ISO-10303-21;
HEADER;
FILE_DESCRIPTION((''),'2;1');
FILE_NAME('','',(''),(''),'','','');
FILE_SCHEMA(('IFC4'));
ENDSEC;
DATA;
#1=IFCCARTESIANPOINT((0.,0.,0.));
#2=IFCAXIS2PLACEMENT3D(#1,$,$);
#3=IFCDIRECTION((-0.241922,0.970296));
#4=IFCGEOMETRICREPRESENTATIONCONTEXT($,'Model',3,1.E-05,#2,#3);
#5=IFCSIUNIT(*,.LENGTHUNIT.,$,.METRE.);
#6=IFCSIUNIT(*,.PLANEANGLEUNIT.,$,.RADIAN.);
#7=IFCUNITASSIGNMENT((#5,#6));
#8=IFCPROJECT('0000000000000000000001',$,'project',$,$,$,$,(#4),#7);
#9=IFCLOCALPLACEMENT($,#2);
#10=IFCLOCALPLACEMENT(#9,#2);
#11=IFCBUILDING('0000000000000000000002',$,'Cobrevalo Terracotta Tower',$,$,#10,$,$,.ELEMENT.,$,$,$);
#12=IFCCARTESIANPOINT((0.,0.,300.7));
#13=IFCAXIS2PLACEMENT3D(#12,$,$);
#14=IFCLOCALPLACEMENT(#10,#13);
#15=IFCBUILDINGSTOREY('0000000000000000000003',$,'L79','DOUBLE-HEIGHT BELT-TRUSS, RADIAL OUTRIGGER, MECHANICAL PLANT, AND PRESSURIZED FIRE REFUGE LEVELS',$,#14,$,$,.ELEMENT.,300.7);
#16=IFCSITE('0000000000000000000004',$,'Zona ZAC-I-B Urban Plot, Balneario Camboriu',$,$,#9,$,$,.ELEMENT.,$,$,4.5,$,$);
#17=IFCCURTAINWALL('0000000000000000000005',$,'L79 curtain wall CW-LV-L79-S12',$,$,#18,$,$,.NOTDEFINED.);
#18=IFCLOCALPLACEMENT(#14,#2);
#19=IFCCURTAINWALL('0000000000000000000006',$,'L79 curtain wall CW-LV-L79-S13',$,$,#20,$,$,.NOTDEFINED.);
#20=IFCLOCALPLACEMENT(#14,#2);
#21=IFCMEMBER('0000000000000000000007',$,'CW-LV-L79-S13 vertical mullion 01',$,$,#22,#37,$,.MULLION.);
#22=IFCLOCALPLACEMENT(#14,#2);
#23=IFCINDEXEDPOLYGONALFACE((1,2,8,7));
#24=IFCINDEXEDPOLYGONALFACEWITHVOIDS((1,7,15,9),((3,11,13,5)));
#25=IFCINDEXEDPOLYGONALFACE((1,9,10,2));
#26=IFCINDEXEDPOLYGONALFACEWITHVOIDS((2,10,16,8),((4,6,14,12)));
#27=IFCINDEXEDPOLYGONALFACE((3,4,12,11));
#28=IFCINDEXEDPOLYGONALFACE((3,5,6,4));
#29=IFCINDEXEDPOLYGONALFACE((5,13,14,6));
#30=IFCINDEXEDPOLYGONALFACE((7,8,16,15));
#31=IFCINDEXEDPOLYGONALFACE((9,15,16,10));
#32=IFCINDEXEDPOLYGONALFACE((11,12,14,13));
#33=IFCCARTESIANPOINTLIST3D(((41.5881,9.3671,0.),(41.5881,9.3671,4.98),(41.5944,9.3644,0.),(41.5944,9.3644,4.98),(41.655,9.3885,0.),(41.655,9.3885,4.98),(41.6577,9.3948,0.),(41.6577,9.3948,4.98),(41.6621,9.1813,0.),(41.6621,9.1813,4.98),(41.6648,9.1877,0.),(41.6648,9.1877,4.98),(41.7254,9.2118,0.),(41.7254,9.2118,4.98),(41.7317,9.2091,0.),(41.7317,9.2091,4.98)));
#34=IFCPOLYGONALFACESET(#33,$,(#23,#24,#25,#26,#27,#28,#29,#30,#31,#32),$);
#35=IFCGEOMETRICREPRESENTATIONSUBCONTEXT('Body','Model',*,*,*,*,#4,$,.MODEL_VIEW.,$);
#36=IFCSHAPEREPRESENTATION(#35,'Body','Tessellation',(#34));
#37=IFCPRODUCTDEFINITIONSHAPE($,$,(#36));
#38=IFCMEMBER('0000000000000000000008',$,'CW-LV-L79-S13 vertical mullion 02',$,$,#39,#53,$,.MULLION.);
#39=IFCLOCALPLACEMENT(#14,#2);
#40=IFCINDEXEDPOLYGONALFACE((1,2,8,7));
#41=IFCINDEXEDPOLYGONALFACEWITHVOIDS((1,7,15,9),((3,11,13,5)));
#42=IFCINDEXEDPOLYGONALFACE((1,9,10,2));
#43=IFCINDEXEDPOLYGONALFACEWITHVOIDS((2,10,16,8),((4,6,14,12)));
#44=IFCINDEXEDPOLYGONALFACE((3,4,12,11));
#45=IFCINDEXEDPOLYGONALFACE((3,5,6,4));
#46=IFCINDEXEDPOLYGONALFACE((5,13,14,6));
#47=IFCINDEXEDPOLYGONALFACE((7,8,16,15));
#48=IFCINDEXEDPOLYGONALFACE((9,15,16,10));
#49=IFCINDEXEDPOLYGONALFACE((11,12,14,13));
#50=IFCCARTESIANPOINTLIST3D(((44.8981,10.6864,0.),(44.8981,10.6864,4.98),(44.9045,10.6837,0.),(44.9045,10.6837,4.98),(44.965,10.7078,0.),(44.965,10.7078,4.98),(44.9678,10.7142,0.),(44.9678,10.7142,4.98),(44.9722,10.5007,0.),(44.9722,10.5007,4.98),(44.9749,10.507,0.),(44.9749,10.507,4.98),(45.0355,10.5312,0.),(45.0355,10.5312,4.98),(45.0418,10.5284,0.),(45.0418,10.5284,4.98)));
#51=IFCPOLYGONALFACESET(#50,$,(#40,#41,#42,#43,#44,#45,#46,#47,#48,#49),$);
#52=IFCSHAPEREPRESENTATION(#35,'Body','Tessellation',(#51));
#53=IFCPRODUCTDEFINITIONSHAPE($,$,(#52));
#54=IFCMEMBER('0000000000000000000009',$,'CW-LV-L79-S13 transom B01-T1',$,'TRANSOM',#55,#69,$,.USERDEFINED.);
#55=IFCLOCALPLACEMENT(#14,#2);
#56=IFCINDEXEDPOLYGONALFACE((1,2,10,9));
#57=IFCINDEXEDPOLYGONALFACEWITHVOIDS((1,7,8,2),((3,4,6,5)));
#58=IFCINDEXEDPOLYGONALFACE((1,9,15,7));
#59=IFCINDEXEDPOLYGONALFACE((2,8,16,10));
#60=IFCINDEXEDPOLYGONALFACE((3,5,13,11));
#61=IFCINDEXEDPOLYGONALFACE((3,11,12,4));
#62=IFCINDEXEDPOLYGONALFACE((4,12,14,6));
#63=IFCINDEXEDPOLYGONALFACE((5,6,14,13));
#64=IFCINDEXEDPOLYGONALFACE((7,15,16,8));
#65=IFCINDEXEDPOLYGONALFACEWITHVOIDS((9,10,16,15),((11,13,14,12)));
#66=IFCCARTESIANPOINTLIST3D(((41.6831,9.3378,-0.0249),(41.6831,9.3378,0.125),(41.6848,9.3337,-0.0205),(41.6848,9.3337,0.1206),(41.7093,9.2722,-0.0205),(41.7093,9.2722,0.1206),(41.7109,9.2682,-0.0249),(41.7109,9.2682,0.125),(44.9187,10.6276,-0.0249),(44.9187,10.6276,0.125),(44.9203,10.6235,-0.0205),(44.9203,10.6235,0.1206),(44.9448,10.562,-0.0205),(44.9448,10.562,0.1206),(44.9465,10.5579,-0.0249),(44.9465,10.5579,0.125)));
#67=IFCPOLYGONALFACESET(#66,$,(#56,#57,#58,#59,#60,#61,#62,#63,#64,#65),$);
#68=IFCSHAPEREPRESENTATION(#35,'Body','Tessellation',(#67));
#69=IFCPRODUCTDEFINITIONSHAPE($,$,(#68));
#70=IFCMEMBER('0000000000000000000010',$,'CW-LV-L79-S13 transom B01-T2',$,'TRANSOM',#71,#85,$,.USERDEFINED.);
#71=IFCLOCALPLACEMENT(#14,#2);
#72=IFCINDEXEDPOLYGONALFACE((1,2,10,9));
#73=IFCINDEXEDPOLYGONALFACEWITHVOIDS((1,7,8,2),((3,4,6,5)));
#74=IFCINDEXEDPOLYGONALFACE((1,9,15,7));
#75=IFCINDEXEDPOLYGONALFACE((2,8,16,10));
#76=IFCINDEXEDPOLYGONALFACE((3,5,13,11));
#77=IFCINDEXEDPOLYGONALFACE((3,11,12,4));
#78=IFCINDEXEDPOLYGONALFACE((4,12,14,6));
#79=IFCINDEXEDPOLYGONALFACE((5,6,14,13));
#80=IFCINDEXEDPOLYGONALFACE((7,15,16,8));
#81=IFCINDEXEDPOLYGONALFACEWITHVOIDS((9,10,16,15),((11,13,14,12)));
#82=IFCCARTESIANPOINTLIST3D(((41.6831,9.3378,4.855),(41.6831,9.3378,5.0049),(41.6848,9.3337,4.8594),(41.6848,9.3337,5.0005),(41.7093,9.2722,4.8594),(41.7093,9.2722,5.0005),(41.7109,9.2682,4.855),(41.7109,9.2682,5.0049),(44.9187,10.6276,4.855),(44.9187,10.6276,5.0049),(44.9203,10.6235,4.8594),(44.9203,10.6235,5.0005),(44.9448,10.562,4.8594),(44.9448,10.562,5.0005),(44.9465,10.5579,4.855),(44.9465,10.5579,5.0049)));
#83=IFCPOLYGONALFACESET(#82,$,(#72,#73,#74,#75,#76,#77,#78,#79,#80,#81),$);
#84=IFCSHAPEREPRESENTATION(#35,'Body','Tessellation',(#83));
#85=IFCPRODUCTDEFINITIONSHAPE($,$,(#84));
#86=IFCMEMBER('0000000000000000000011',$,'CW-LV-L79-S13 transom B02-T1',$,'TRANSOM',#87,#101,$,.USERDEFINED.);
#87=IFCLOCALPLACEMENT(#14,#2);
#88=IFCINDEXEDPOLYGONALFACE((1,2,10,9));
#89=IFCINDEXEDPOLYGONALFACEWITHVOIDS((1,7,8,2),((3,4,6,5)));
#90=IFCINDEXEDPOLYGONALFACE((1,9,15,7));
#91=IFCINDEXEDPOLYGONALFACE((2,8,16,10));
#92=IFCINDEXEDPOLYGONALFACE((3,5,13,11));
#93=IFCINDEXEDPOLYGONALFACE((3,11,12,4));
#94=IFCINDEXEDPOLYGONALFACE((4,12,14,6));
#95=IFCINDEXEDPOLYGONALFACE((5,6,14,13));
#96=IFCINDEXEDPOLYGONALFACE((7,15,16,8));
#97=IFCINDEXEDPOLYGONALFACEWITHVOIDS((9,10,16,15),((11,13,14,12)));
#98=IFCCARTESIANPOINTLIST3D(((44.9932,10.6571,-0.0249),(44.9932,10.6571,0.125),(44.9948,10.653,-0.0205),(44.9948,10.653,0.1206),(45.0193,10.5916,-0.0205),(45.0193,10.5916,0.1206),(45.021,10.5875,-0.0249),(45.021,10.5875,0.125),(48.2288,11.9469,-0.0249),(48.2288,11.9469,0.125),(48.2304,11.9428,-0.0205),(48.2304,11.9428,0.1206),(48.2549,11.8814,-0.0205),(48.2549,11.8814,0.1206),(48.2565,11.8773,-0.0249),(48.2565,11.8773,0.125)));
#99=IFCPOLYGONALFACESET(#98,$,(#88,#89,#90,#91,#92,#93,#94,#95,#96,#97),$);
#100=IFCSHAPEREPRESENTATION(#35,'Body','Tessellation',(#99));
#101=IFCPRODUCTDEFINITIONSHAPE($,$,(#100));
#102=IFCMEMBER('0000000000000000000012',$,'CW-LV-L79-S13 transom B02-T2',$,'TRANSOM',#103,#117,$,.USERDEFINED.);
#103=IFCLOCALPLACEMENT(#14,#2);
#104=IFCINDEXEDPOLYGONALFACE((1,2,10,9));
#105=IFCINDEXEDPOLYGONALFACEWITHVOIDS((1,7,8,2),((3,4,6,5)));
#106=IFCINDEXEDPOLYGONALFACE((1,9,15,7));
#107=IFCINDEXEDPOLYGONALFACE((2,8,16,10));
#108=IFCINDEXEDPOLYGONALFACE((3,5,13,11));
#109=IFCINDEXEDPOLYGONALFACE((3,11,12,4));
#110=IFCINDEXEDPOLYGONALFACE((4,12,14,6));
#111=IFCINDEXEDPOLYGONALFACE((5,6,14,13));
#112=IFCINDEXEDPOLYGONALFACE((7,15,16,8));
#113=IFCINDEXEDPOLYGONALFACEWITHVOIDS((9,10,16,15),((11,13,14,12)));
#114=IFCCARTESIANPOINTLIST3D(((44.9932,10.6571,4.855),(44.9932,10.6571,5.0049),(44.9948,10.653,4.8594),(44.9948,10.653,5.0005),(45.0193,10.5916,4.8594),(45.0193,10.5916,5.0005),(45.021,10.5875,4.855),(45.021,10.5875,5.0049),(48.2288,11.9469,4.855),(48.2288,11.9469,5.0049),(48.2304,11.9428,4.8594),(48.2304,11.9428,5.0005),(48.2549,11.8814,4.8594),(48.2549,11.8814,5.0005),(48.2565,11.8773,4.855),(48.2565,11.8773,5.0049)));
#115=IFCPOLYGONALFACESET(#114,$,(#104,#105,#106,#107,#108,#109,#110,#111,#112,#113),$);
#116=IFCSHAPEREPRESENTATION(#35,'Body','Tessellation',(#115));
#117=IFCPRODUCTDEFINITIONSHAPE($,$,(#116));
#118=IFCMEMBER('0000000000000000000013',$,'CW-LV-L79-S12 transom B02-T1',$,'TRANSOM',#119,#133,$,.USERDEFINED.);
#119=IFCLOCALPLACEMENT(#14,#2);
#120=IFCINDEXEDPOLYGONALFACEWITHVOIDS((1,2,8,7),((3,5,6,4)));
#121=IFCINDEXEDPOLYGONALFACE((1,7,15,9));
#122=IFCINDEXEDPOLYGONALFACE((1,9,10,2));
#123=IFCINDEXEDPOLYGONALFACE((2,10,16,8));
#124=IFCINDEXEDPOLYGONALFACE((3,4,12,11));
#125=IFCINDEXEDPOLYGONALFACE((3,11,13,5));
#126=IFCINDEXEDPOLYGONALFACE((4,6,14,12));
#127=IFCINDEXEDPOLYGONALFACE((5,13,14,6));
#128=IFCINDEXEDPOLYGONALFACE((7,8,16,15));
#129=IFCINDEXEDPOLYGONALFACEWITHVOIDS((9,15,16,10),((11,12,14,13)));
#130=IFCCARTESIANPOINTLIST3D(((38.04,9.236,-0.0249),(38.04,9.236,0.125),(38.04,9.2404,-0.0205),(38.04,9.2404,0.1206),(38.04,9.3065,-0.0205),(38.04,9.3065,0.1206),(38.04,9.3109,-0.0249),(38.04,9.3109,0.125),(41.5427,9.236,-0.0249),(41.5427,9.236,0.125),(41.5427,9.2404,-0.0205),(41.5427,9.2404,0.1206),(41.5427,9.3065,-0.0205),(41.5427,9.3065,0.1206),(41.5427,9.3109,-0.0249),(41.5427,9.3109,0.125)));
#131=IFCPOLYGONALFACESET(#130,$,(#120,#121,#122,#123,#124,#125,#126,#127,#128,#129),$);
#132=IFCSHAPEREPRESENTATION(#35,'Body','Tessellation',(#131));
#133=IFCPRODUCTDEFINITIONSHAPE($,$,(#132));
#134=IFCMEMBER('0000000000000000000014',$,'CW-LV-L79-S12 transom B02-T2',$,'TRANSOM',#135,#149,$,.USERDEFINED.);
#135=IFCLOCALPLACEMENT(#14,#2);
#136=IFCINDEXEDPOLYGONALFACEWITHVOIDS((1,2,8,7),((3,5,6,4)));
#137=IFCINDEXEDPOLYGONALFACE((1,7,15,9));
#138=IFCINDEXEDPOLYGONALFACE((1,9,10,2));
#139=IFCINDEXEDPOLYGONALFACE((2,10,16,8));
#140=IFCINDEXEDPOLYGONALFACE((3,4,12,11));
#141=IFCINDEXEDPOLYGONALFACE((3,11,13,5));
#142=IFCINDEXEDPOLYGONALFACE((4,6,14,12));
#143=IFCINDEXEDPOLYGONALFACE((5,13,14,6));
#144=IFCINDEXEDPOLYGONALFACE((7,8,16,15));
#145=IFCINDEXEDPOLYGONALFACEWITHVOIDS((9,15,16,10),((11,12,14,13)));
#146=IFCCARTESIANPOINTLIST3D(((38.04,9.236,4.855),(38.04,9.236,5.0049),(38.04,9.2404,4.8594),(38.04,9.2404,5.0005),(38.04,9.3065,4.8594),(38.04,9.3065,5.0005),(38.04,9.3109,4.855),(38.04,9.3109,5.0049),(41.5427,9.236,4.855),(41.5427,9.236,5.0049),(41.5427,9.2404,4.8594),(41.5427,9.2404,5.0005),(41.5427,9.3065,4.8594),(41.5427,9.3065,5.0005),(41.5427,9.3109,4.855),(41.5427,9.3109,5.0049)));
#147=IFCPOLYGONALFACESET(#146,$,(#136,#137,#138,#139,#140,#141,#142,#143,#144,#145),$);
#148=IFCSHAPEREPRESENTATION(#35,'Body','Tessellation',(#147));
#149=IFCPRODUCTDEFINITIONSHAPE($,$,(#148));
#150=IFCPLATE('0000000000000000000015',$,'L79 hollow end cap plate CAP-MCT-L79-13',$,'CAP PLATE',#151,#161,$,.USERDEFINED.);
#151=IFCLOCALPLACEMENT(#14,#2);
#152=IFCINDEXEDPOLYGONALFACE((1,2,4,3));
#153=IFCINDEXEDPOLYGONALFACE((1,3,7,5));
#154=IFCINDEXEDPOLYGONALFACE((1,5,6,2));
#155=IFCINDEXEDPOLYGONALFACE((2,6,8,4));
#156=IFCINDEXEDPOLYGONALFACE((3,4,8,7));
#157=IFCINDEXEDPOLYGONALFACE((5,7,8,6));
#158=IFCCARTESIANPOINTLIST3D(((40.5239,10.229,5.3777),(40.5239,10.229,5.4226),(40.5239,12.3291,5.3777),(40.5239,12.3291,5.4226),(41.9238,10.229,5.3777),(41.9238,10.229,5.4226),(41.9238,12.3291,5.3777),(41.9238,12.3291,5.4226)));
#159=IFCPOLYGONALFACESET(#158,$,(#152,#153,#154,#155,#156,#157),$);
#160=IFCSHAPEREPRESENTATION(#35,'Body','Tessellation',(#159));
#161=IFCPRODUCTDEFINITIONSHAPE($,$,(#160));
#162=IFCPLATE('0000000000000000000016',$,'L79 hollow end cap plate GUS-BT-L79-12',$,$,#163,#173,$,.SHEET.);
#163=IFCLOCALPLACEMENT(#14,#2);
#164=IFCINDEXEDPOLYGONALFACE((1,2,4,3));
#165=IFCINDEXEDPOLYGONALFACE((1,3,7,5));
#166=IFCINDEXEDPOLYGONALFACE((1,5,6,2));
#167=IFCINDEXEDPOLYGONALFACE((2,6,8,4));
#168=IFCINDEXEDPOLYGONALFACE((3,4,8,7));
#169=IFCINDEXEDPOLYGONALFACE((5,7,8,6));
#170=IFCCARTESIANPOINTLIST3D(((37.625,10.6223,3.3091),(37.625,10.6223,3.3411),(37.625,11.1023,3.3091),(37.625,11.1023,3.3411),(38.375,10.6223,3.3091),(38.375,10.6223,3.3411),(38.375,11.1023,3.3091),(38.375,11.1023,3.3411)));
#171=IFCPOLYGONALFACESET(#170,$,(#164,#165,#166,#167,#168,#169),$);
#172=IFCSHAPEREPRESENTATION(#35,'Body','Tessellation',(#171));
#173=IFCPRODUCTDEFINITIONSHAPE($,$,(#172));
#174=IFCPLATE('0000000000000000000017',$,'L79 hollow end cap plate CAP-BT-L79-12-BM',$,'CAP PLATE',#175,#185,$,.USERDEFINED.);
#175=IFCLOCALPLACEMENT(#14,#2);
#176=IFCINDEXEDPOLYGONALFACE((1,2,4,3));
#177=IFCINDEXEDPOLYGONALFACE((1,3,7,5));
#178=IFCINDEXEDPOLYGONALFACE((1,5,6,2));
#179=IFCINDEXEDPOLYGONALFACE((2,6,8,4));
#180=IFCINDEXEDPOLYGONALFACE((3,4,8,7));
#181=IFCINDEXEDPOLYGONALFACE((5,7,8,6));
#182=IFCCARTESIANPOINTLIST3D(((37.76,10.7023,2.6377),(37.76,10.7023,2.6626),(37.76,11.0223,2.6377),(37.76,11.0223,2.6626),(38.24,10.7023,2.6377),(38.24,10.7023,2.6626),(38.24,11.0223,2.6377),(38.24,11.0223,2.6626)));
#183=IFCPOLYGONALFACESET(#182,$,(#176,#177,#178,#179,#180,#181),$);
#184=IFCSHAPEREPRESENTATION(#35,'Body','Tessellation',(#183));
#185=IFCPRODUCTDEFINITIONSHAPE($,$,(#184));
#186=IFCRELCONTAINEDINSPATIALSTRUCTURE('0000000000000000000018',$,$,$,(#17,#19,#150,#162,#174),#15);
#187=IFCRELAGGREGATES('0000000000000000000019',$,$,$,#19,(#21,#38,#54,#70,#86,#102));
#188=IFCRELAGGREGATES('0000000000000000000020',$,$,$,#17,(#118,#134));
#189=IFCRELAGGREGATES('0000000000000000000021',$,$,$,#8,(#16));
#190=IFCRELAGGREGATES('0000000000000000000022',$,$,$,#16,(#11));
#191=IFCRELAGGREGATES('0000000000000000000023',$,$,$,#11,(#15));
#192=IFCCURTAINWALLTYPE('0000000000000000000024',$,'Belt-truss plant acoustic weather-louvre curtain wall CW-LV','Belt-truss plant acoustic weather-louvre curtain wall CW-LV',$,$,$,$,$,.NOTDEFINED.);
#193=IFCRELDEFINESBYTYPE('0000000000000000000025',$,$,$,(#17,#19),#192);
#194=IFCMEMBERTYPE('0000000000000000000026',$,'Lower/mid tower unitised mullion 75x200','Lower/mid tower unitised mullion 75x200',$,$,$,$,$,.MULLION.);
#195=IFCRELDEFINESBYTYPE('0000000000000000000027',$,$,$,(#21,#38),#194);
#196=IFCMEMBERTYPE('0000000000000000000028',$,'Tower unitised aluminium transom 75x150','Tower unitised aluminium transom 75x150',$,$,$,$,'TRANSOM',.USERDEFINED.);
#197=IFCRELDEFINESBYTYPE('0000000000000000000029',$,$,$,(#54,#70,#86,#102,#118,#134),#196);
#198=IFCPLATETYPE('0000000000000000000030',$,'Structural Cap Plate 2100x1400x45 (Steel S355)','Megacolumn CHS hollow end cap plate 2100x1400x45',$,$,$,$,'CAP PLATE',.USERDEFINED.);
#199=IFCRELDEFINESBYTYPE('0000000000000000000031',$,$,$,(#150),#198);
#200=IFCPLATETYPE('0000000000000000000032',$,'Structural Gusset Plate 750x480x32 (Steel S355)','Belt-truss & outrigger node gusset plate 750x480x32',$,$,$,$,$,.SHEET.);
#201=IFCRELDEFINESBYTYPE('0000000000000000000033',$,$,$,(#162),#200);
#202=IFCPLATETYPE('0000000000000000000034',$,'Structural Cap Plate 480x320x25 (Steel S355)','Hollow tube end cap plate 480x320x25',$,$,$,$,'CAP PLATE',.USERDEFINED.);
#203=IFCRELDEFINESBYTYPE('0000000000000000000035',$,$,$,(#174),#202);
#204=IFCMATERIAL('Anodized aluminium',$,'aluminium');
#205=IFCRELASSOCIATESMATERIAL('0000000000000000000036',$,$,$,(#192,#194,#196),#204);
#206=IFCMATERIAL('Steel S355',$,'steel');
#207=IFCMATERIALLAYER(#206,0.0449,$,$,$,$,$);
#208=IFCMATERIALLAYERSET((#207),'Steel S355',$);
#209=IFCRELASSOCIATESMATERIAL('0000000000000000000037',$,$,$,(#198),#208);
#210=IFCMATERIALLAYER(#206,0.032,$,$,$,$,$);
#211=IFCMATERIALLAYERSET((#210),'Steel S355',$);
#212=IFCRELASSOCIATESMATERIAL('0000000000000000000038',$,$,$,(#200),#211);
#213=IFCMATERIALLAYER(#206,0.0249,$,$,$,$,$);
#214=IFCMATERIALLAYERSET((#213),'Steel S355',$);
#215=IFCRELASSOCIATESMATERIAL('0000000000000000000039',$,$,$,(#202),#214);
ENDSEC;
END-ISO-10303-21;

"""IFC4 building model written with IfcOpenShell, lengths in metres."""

from ifc_helpers import new_model, si_unit, direction, frame, origin, origin_2d, place, context, subcontext, project, spatial, rectangle, hollow_rectangle, extrude, source, transform, mapped, material, layer, layer_set, material_profile, profile_set, type_object, element, aggregate, save


model = new_model("IFC4")

# Units and contexts
model_context = context("Model", 3, precision=1e-05, world=origin(), true_north=direction((-0.241922, 0.970296)))
body_context = subcontext(model_context, "Body", "Model", "MODEL_VIEW")
ifc_project = project(units=[si_unit("LENGTHUNIT", "METRE"), si_unit("PLANEANGLEUNIT", "RADIAN")], contexts=[model_context])

# Site, building, storey
site_placement = place(None, origin())
site = spatial("IfcSite", under=ifc_project, at=site_placement, Name="Zona ZAC-I-B Urban Plot, Balneario Camboriu", CompositionType="ELEMENT", RefElevation=4.5)
building_placement = place(site_placement, origin())
building = spatial("IfcBuilding", under=site, at=building_placement, Name="Cobrevalo Terracotta Tower", CompositionType="ELEMENT")
storey_placement = place(building_placement, frame((0.0, 0.0, 300.7)))
storey = spatial("IfcBuildingStorey", under=building, at=storey_placement, Name="L79", Description="DOUBLE-HEIGHT BELT-TRUSS, RADIAL OUTRIGGER, MECHANICAL PLANT, AND PRESSURIZED FIRE REFUGE LEVELS", CompositionType="ELEMENT", Elevation=300.7)

# Shared definitions
ifc_material_1 = material(Name="Steel S355", Category="steel")

# Curtain walls, members
ifc_material_2 = material(Name="Anodized aluminium", Category="aluminium")
curtain_wall_type = type_object("IfcCurtainWallType", Name="Belt-truss plant acoustic weather-louvre curtain wall CW-LV", Description="Belt-truss plant acoustic weather-louvre curtain wall CW-LV", PredefinedType="NOTDEFINED", material=ifc_material_2)
curtain_wall_1_placement = place(storey_placement, origin())
curtain_wall_1 = element("IfcCurtainWall", 1, at=curtain_wall_1_placement, inside=storey, type_object=curtain_wall_type, Name="L79 curtain wall CW-LV-L79-S12", PredefinedType="NOTDEFINED")
ifc_material_profile_1 = material_profile(ifc_material_2, hollow_rectangle(XDim=0.075, YDim=0.2, WallThickness=0.0049, at=origin_2d()), Name="CWM 75x200")
ifc_profile_set_1 = profile_set([ifc_material_profile_1], Name="Anodized aluminium")
member_type_1 = type_object("IfcMemberType", Name="Lower/mid tower unitised mullion 75x200", Description="Lower/mid tower unitised mullion 75x200", PredefinedType="MULLION", material=ifc_profile_set_1)
shared_shape_1 = source(origin(), body_context, "Body", "SweptSolid", [
    extrude(hollow_rectangle(XDim=0.075, YDim=0.2, WallThickness=0.0049, at=origin_2d()), origin(), (0.0, 0.0, 1.0), 4.98),
])
curtain_wall_2_placement = place(storey_placement, origin())
curtain_wall_2 = element("IfcCurtainWall", 2, at=curtain_wall_2_placement, inside=storey, type_object=curtain_wall_type, Name="L79 curtain wall CW-LV-L79-S13", PredefinedType="NOTDEFINED")
member_1_placement = place(storey_placement, frame((41.6599, 9.2881, 0.0), z_axis=(0.0, 0.0, 1.0), x_axis=(0.928926, 0.370266, 0.0)))
member_1 = element("IfcMember", 3, at=member_1_placement, type_object=member_type_1, Name="CW-LV-L79-S13 vertical mullion 01", PredefinedType="MULLION", context=body_context, shape_type="MappedRepresentation", body=[
    mapped(shared_shape_1, transform((0.0, 0.0, 0.0), scale=1.0)),
])
member_2_placement = place(storey_placement, frame((44.97, 10.6074, 0.0), z_axis=(0.0, 0.0, 1.0), x_axis=(0.928926, 0.370266, 0.0)))
member_2 = element("IfcMember", 4, at=member_2_placement, type_object=member_type_1, Name="CW-LV-L79-S13 vertical mullion 02", PredefinedType="MULLION", context=body_context, shape_type="MappedRepresentation", body=[
    mapped(shared_shape_1, transform((0.0, 0.0, 0.0), scale=1.0)),
])
ifc_material_profile_2 = material_profile(ifc_material_2, hollow_rectangle(XDim=0.075, YDim=0.1499, WallThickness=0.0044, at=origin_2d()), Name="CWT 75x150")
ifc_profile_set_2 = profile_set([ifc_material_profile_2], Name="Anodized aluminium")
member_type_2 = type_object("IfcMemberType", Name="Tower unitised aluminium transom 75x150", Description="Tower unitised aluminium transom 75x150", ElementType="TRANSOM", PredefinedType="USERDEFINED", material=ifc_profile_set_2)
shared_shape_2 = source(origin(), body_context, "Body", "SweptSolid", [
    extrude(hollow_rectangle(XDim=0.075, YDim=0.1499, WallThickness=0.0044, at=origin_2d()), origin(), (0.0, 0.0, 1.0), 3.4832),
])
member_3_placement = place(storey_placement, frame((41.697, 9.303, 0.05), z_axis=(0.928916, 0.370291, 0.0), x_axis=(-0.370291, 0.928916, 0.0)))
member_3 = element("IfcMember", 5, at=member_3_placement, type_object=member_type_2, Name="CW-LV-L79-S13 transom B01-T1", ObjectType="TRANSOM", PredefinedType="USERDEFINED", context=body_context, shape_type="MappedRepresentation", body=[
    mapped(shared_shape_2, transform((0.0, 0.0, 0.0), scale=1.0)),
])
member_4_placement = place(storey_placement, frame((41.697, 9.303, 4.9299), z_axis=(0.928916, 0.370291, 0.0), x_axis=(-0.370291, 0.928916, 0.0)))
member_4 = element("IfcMember", 6, at=member_4_placement, type_object=member_type_2, Name="CW-LV-L79-S13 transom B01-T2", ObjectType="TRANSOM", PredefinedType="USERDEFINED", context=body_context, shape_type="MappedRepresentation", body=[
    mapped(shared_shape_2, transform((0.0, 0.0, 0.0), scale=1.0)),
])
member_5_placement = place(storey_placement, frame((45.0071, 10.6223, 0.05), z_axis=(0.928916, 0.370291, 0.0), x_axis=(-0.370291, 0.928916, 0.0)))
member_5 = element("IfcMember", 7, at=member_5_placement, type_object=member_type_2, Name="CW-LV-L79-S13 transom B02-T1", ObjectType="TRANSOM", PredefinedType="USERDEFINED", context=body_context, shape_type="MappedRepresentation", body=[
    mapped(shared_shape_2, transform((0.0, 0.0, 0.0), scale=1.0)),
])
member_6_placement = place(storey_placement, frame((45.0071, 10.6223, 4.9299), z_axis=(0.928916, 0.370291, 0.0), x_axis=(-0.370291, 0.928916, 0.0)))
member_6 = element("IfcMember", 8, at=member_6_placement, type_object=member_type_2, Name="CW-LV-L79-S13 transom B02-T2", ObjectType="TRANSOM", PredefinedType="USERDEFINED", context=body_context, shape_type="MappedRepresentation", body=[
    mapped(shared_shape_2, transform((0.0, 0.0, 0.0), scale=1.0)),
])

# Members
shared_shape_3 = source(origin(), body_context, "Body", "SweptSolid", [
    extrude(hollow_rectangle(XDim=0.075, YDim=0.1499, WallThickness=0.0044, at=origin_2d()), origin(), (0.0, 0.0, 1.0), 3.5027),
])
member_7_placement = place(storey_placement, frame((38.04, 9.2734, 0.05), z_axis=(1.0, 0.0, 0.0), x_axis=(0.0, 1.0, 0.0)))
member_7 = element("IfcMember", 9, at=member_7_placement, type_object=member_type_2, Name="CW-LV-L79-S12 transom B02-T1", ObjectType="TRANSOM", PredefinedType="USERDEFINED", context=body_context, shape_type="MappedRepresentation", body=[
    mapped(shared_shape_3, transform((0.0, 0.0, 0.0), scale=1.0)),
])
member_8_placement = place(storey_placement, frame((38.04, 9.2734, 4.9299), z_axis=(1.0, 0.0, 0.0), x_axis=(0.0, 1.0, 0.0)))
member_8 = element("IfcMember", 10, at=member_8_placement, type_object=member_type_2, Name="CW-LV-L79-S12 transom B02-T2", ObjectType="TRANSOM", PredefinedType="USERDEFINED", context=body_context, shape_type="MappedRepresentation", body=[
    mapped(shared_shape_3, transform((0.0, 0.0, 0.0), scale=1.0)),
])

# Plates
ifc_layer_1 = layer(ifc_material_1, 0.0449)
ifc_layer_set_1 = layer_set([ifc_layer_1], Name="Steel S355")
plate_type_1 = type_object("IfcPlateType", Name="Structural Cap Plate 2100x1400x45 (Steel S355)", Description="Megacolumn CHS hollow end cap plate 2100x1400x45", ElementType="CAP PLATE", PredefinedType="USERDEFINED", material=ifc_layer_set_1)
shared_shape_4 = source(origin(), body_context, "Body", "SweptSolid", [
    extrude(rectangle(XDim=2.1001, YDim=1.3999, at=origin_2d()), origin(), (0.0, 0.0, 1.0), 0.0449),
])
plate_1_placement = place(storey_placement, frame((41.2239, 11.2791, 5.3777), z_axis=(0.0, 0.0, 1.0), x_axis=(0.0, -1.0, 0.0)))
element("IfcPlate", 11, at=plate_1_placement, inside=storey, type_object=plate_type_1, Name="L79 hollow end cap plate CAP-MCT-L79-13", ObjectType="CAP PLATE", PredefinedType="USERDEFINED", context=body_context, shape_type="MappedRepresentation", body=[
    mapped(shared_shape_4, transform((0.0, 0.0, 0.0), scale=1.0)),
])
ifc_layer_2 = layer(ifc_material_1, 0.032)
ifc_layer_set_2 = layer_set([ifc_layer_2], Name="Steel S355")
plate_type_2 = type_object("IfcPlateType", Name="Structural Gusset Plate 750x480x32 (Steel S355)", Description="Belt-truss & outrigger node gusset plate 750x480x32", PredefinedType="SHEET", material=ifc_layer_set_2)
shared_shape_5 = source(origin(), body_context, "Body", "SweptSolid", [
    extrude(rectangle(XDim=0.75, YDim=0.48, at=origin_2d()), origin(), (0.0, 0.0, 1.0), 0.032),
])
plate_2_placement = place(storey_placement, frame((38.0, 10.8623, 3.3091), z_axis=(0.0, 0.0, 1.0), x_axis=(1.0, 0.0, 0.0)))
element("IfcPlate", 12, at=plate_2_placement, inside=storey, type_object=plate_type_2, Name="L79 hollow end cap plate GUS-BT-L79-12", PredefinedType="SHEET", context=body_context, shape_type="MappedRepresentation", body=[
    mapped(shared_shape_5, transform((0.0, 0.0, 0.0), scale=1.0)),
])
ifc_layer_3 = layer(ifc_material_1, 0.0249)
ifc_layer_set_3 = layer_set([ifc_layer_3], Name="Steel S355")
plate_type_3 = type_object("IfcPlateType", Name="Structural Cap Plate 480x320x25 (Steel S355)", Description="Hollow tube end cap plate 480x320x25", ElementType="CAP PLATE", PredefinedType="USERDEFINED", material=ifc_layer_set_3)
shared_shape_6 = source(origin(), body_context, "Body", "SweptSolid", [
    extrude(rectangle(XDim=0.48, YDim=0.3201, at=origin_2d()), origin(), (0.0, 0.0, 1.0), 0.0249),
])
for number, where, z_axis, x_axis, name in (
    (13, (38.0, 10.8623, 2.6377), (0.0, 0.0, 1.0), (1.0, 0.0, 0.0), "L79 hollow end cap plate CAP-BT-L79-12-BM"),
):
    element("IfcPlate", number, at=place(storey_placement, frame(where, z_axis=z_axis, x_axis=x_axis)), inside=storey, type_object=plate_type_3, Name=name, ObjectType="CAP PLATE", PredefinedType="USERDEFINED", context=body_context, shape_type="MappedRepresentation", body=[
        mapped(shared_shape_6, transform((0.0, 0.0, 0.0), scale=1.0)),
    ])

aggregate(curtain_wall_2, [member_1, member_2, member_3, member_4, member_5, member_6])
aggregate(curtain_wall_1, [member_7, member_8])

save(model, "model.ifc")
